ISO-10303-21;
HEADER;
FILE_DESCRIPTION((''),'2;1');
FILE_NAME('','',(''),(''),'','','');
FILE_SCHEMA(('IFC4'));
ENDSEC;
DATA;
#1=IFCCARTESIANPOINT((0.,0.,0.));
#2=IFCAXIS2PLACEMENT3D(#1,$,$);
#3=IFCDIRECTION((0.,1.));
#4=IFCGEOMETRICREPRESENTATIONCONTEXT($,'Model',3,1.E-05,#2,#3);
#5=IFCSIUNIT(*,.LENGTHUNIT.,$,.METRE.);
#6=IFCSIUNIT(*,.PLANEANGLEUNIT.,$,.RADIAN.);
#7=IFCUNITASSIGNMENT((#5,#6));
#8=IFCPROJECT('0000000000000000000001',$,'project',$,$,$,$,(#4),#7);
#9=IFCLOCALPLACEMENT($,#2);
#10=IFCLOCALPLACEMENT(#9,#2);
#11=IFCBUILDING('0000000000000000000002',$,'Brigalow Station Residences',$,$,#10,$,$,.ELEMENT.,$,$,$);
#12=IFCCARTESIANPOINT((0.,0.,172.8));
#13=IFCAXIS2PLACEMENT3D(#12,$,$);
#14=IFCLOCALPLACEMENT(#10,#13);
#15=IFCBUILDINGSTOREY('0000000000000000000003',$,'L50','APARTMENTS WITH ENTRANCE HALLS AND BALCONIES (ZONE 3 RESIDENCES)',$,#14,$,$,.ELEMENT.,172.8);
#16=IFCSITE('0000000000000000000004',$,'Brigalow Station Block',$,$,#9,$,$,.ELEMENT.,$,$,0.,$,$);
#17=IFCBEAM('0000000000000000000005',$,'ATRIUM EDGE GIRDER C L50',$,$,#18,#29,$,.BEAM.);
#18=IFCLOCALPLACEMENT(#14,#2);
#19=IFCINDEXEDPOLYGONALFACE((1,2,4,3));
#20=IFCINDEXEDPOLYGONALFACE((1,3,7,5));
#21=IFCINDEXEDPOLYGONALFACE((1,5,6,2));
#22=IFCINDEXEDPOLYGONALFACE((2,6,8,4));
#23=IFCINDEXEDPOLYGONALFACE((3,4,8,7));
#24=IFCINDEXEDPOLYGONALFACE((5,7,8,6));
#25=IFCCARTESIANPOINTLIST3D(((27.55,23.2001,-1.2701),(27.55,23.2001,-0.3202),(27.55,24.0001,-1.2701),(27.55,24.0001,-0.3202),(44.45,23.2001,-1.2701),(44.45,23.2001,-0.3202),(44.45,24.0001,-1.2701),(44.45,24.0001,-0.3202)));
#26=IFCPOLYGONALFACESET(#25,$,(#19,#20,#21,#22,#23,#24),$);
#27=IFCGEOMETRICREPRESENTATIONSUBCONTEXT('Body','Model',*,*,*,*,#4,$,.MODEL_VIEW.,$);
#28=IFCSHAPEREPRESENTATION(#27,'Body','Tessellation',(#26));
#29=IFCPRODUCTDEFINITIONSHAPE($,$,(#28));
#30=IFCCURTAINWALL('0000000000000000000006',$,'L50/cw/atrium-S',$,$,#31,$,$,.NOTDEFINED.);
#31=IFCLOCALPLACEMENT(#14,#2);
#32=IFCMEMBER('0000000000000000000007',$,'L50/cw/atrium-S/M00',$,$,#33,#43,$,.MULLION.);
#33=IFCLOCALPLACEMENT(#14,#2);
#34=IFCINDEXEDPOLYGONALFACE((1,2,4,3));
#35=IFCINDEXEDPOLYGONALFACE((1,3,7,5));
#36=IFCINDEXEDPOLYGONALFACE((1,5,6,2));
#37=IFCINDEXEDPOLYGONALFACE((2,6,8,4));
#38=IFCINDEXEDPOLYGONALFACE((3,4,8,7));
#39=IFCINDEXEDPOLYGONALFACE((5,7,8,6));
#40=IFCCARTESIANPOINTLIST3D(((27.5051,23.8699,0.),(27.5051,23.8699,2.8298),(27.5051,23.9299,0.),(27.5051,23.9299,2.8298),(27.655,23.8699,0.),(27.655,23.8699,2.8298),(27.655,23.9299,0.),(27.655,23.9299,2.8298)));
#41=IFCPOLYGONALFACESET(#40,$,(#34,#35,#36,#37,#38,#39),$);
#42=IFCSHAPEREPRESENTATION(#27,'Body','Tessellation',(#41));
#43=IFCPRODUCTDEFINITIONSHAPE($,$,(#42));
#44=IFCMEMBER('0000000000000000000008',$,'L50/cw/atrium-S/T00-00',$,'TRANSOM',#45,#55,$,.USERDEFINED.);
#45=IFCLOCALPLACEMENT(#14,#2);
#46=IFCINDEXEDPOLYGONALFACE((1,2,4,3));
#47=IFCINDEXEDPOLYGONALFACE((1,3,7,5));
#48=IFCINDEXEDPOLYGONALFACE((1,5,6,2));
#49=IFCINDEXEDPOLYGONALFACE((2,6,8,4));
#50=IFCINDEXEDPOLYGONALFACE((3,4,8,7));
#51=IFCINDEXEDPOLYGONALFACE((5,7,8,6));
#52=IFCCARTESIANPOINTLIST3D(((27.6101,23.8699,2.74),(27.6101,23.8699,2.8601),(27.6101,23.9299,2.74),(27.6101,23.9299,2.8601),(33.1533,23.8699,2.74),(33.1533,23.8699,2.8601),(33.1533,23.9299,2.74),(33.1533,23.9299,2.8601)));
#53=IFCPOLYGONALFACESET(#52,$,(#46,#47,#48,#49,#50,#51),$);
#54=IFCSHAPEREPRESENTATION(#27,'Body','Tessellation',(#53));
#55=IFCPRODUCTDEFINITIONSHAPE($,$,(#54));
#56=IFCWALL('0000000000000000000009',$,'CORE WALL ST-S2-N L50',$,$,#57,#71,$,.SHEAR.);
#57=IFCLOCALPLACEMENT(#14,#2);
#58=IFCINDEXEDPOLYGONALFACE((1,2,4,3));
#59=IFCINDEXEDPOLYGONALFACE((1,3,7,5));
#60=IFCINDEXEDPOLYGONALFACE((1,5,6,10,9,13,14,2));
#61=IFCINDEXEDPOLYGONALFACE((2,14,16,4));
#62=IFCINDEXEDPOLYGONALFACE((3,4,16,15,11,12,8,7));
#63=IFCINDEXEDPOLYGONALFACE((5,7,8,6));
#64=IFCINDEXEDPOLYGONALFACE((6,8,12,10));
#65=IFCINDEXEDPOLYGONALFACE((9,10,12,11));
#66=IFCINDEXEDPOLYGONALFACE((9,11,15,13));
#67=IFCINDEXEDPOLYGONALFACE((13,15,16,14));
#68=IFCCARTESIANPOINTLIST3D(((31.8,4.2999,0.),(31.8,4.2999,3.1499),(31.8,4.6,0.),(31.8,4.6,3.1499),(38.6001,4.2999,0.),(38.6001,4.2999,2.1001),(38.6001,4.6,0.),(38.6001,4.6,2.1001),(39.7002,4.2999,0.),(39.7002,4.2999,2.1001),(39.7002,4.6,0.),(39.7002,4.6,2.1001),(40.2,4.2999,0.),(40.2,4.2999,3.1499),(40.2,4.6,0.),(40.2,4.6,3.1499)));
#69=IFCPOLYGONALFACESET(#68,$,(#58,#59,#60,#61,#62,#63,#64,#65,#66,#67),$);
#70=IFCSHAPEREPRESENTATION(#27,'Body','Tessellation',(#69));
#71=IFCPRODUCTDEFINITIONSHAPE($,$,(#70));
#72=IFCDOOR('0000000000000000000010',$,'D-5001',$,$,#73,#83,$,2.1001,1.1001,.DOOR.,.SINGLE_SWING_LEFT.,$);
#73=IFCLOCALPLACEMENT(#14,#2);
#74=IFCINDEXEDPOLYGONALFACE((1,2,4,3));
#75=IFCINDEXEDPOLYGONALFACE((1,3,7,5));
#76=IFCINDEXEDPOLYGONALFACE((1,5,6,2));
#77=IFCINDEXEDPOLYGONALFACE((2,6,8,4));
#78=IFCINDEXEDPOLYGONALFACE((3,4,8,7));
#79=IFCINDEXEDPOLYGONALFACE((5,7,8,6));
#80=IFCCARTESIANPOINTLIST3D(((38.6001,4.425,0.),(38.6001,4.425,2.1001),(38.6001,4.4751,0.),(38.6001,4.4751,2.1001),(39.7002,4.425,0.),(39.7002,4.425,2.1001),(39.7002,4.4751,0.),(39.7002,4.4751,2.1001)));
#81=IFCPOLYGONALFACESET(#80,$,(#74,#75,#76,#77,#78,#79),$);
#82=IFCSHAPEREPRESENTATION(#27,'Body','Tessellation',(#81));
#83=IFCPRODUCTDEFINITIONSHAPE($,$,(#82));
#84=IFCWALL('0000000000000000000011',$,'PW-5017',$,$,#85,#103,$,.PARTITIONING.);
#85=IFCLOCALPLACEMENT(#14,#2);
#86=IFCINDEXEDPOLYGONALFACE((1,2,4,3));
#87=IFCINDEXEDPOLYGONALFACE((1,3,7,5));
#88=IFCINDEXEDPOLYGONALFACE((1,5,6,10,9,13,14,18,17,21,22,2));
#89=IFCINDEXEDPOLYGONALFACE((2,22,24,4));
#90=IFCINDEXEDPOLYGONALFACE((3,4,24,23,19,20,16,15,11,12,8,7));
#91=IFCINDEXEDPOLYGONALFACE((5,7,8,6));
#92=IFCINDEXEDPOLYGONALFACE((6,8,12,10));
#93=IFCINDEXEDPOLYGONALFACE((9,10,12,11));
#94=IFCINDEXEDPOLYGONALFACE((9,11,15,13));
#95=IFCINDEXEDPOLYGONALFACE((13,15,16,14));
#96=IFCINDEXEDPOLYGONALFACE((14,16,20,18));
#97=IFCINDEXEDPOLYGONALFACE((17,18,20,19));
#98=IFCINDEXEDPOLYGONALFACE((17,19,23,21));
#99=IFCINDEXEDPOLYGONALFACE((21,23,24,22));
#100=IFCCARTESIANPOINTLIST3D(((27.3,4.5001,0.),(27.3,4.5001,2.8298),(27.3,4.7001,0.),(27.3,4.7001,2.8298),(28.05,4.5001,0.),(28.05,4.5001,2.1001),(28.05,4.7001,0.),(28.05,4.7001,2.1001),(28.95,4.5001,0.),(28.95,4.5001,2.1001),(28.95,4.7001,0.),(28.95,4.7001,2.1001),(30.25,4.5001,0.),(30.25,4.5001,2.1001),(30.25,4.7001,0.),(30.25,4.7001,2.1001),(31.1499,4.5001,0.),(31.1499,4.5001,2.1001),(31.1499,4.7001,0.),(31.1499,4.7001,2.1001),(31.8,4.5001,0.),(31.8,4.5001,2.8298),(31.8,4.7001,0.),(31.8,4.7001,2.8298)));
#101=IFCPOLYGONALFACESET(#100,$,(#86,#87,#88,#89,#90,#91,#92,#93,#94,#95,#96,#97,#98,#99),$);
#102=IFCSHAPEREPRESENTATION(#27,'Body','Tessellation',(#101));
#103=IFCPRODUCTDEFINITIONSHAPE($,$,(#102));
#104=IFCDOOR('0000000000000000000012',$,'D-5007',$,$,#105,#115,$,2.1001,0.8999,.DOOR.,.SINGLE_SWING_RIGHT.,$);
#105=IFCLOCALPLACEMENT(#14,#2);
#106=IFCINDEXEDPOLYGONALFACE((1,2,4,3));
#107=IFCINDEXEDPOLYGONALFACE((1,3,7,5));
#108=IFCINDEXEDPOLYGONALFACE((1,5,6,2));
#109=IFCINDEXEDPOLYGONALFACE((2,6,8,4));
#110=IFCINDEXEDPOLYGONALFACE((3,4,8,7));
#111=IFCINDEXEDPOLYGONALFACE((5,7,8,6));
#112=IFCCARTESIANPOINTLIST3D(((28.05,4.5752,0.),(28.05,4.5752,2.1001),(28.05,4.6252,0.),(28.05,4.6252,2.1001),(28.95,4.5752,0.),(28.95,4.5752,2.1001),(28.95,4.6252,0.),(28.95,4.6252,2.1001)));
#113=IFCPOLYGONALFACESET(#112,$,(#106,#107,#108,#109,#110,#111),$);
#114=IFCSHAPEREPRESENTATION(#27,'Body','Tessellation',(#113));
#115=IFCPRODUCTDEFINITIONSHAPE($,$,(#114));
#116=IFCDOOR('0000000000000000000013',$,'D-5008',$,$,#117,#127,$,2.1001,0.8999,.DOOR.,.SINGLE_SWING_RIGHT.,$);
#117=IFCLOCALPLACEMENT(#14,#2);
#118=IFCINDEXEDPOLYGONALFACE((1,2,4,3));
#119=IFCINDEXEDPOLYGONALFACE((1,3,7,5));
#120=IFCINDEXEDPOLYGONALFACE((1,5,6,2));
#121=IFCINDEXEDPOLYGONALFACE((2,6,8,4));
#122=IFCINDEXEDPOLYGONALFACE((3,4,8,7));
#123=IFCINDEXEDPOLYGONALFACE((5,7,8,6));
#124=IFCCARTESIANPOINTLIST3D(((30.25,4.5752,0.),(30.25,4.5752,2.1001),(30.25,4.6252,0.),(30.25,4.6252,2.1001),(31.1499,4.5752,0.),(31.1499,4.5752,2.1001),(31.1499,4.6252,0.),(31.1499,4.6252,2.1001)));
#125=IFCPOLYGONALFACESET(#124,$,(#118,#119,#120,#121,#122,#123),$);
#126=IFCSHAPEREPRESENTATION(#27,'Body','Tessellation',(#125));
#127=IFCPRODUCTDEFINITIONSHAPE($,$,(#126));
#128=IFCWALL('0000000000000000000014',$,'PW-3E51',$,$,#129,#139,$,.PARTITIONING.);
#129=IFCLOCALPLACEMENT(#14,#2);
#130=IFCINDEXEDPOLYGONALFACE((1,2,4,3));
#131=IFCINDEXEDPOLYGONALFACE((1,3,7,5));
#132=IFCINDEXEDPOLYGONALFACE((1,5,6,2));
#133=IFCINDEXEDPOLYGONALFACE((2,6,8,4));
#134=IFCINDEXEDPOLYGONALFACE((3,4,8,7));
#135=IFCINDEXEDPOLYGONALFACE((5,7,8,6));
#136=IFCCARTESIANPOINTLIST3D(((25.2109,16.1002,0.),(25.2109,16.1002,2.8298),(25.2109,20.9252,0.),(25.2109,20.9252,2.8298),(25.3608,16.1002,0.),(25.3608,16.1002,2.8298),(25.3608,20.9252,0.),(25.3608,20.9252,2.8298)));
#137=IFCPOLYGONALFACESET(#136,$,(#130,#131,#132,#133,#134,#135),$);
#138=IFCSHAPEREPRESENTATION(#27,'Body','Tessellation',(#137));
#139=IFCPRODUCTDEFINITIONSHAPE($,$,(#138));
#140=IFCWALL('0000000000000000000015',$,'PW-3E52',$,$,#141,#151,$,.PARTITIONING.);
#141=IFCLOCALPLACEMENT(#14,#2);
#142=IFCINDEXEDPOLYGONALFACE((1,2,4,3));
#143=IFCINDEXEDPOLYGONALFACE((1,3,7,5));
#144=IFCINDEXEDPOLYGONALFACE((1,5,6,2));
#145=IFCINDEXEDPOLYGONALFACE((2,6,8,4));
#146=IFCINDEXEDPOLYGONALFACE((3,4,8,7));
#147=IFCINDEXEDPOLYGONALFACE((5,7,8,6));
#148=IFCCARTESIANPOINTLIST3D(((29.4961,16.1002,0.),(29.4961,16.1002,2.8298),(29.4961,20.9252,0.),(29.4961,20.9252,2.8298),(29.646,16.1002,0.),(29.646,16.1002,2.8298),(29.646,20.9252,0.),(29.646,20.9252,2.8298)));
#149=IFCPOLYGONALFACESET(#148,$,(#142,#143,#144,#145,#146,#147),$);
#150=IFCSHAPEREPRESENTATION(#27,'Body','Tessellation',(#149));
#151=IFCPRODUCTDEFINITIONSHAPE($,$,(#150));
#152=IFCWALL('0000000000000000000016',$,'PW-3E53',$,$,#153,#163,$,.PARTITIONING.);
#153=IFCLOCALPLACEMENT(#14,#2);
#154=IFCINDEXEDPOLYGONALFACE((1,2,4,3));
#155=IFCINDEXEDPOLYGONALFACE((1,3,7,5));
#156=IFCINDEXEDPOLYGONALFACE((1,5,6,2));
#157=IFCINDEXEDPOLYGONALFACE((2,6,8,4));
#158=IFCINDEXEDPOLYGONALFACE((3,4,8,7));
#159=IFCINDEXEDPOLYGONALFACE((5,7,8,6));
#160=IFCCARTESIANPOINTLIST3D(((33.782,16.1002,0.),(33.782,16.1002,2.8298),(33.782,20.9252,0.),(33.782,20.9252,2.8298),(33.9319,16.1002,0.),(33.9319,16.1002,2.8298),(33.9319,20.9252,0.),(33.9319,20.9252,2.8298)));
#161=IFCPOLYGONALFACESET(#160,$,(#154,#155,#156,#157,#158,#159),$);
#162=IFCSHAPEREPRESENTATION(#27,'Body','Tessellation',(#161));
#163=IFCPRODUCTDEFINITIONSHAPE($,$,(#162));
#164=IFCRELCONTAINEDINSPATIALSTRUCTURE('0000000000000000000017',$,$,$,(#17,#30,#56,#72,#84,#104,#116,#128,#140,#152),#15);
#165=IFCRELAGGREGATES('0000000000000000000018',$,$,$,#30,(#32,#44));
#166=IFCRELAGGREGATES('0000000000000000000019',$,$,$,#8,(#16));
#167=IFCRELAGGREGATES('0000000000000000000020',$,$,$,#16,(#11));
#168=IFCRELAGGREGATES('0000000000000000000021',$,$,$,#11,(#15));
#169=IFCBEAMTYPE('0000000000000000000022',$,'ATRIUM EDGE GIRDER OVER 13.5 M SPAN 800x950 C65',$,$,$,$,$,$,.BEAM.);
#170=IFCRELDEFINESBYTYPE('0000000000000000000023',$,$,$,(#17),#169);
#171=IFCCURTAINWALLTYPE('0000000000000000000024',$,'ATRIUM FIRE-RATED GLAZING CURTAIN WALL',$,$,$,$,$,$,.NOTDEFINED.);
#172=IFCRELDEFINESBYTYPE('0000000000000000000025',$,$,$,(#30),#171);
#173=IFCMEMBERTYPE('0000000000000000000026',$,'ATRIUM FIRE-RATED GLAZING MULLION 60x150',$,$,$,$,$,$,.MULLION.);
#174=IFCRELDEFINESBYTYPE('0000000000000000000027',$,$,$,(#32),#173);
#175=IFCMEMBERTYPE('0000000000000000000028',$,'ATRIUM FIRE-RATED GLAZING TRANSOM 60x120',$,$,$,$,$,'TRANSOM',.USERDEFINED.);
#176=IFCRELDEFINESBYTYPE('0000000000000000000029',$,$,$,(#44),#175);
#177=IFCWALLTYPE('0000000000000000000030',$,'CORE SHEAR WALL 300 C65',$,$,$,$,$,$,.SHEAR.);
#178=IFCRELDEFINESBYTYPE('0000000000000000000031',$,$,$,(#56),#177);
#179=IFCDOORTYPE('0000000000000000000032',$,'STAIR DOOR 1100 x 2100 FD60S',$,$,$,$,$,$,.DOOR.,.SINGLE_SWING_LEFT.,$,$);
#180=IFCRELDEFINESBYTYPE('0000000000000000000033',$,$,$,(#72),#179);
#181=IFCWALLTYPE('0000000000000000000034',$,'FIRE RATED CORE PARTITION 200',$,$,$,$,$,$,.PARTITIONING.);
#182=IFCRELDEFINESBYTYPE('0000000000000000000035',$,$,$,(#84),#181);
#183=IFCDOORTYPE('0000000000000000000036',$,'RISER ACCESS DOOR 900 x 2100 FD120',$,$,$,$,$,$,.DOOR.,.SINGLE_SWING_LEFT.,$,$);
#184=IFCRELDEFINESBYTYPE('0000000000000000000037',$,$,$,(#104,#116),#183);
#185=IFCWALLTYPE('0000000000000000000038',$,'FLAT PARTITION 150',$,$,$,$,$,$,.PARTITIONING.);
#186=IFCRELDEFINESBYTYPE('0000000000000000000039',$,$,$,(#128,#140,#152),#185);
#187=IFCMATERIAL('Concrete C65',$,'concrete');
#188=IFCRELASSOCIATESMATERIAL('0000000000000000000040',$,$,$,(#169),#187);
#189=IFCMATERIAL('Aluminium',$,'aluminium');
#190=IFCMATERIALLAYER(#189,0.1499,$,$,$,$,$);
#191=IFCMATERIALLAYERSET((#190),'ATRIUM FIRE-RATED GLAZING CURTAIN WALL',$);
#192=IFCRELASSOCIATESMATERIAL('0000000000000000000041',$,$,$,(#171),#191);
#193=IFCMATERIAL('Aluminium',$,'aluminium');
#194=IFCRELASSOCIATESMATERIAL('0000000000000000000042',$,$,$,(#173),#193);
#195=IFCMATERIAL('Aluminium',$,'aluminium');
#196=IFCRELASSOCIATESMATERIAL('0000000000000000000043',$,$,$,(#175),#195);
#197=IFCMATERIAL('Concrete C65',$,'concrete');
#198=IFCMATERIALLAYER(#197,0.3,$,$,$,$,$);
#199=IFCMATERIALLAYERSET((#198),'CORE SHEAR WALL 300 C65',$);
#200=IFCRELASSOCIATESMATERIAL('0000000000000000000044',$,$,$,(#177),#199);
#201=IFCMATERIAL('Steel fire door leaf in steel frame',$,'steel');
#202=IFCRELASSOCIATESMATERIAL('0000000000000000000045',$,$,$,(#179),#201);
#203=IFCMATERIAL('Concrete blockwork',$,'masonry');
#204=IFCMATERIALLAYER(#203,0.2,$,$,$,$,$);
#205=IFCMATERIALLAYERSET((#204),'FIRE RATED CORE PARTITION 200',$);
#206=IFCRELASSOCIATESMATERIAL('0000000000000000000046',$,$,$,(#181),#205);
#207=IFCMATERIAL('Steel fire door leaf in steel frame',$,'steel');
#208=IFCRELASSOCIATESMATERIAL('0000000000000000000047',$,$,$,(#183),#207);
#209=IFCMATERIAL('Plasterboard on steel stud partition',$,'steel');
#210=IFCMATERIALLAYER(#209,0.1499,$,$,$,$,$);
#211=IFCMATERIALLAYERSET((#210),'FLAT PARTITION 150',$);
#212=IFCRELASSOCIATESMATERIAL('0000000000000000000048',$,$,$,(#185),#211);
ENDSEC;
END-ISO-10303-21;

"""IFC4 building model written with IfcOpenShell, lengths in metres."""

from ifc_helpers import new_model, si_unit, direction, frame, frame_2d, origin, origin_2d, place, context, subcontext, project, spatial, rectangle, extrude, material, layer, layer_set, material_profile, profile_set, type_object, element, fill, aggregate, save


model = new_model("IFC4")

# Units and contexts
model_context = context("Model", 3, precision=1e-05, world=origin(), true_north=direction((0.0, 1.0)))
body_context = subcontext(model_context, "Body", "Model", "MODEL_VIEW")
ifc_project = project(units=[si_unit("LENGTHUNIT", "METRE"), si_unit("PLANEANGLEUNIT", "RADIAN")], contexts=[model_context])

# Site, building, storey
site_placement = place(None, origin())
site = spatial("IfcSite", under=ifc_project, at=site_placement, Name="Brigalow Station Block", CompositionType="ELEMENT", RefElevation=0.0)
building_placement = place(site_placement, origin())
building = spatial("IfcBuilding", under=site, at=building_placement, Name="Brigalow Station Residences", CompositionType="ELEMENT")
storey_placement = place(building_placement, frame((0.0, 0.0, 172.8)))
storey = spatial("IfcBuildingStorey", under=building, at=storey_placement, Name="L50", Description="APARTMENTS WITH ENTRANCE HALLS AND BALCONIES (ZONE 3 RESIDENCES)", CompositionType="ELEMENT", Elevation=172.8)

# Beam
ifc_material_1 = material(Name="Concrete C65", Category="concrete")
ifc_material_profile_1 = material_profile(ifc_material_1, rectangle(XDim=0.8, YDim=0.95, at=origin_2d()), Name="RC800x950")
ifc_profile_set_1 = profile_set([ifc_material_profile_1], Name="Concrete C65")
beam_type = type_object("IfcBeamType", Name="ATRIUM EDGE GIRDER OVER 13.5 M SPAN 800x950 C65", PredefinedType="BEAM", material=ifc_profile_set_1)
beam_placement = place(storey_placement, frame((27.55, 23.6001, -0.7952), z_axis=(1.0, 0.0, 0.0), x_axis=(0.0, 1.0, 0.0)))
element("IfcBeam", 1, at=beam_placement, inside=storey, type_object=beam_type, Name="ATRIUM EDGE GIRDER C L50", PredefinedType="BEAM", context=body_context, shape_type="SweptSolid", body=[
    extrude(rectangle(XDim=0.8, YDim=0.95, at=origin_2d()), origin(), (0.0, 0.0, 1.0), 16.8999),
])

# Curtain wall, members
ifc_material_2 = material(Name="Aluminium", Category="aluminium")
ifc_layer_1 = layer(ifc_material_2, 0.1499)
ifc_layer_set_1 = layer_set([ifc_layer_1], Name="ATRIUM FIRE-RATED GLAZING CURTAIN WALL")
curtain_wall_type = type_object("IfcCurtainWallType", Name="ATRIUM FIRE-RATED GLAZING CURTAIN WALL", PredefinedType="NOTDEFINED", material=ifc_layer_set_1)
curtain_wall_placement = place(storey_placement, origin())
curtain_wall = element("IfcCurtainWall", 2, at=curtain_wall_placement, inside=storey, type_object=curtain_wall_type, Name="L50/cw/atrium-S", PredefinedType="NOTDEFINED")
ifc_material_3 = material(Name="Aluminium", Category="aluminium")
ifc_material_profile_2 = material_profile(ifc_material_3, rectangle(XDim=0.0601, YDim=0.1499, at=origin_2d()), Name="ATRIUM FIRE-RATED GLAZING MULLION 60x150")
ifc_profile_set_2 = profile_set([ifc_material_profile_2], Name="Aluminium")
member_type_1 = type_object("IfcMemberType", Name="ATRIUM FIRE-RATED GLAZING MULLION 60x150", PredefinedType="MULLION", material=ifc_profile_set_2)
member_1_placement = place(storey_placement, frame((27.5801, 23.8999, 0.0), z_axis=(0.0, 0.0, 1.0), x_axis=(0.0, 1.0, 0.0)))
member_1 = element("IfcMember", 3, at=member_1_placement, type_object=member_type_1, Name="L50/cw/atrium-S/M00", PredefinedType="MULLION", context=body_context, shape_type="SweptSolid", body=[
    extrude(rectangle(XDim=0.0601, YDim=0.1499, at=origin_2d()), origin(), (0.0, 0.0, 1.0), 2.8298),
])
ifc_material_4 = material(Name="Aluminium", Category="aluminium")
ifc_material_profile_3 = material_profile(ifc_material_4, rectangle(XDim=0.0601, YDim=0.1201, at=origin_2d()), Name="ATRIUM FIRE-RATED GLAZING TRANSOM 60x120")
ifc_profile_set_3 = profile_set([ifc_material_profile_3], Name="Aluminium")
member_type_2 = type_object("IfcMemberType", Name="ATRIUM FIRE-RATED GLAZING TRANSOM 60x120", ElementType="TRANSOM", PredefinedType="USERDEFINED", material=ifc_profile_set_3)
member_2_placement = place(storey_placement, frame((27.6101, 23.8999, 2.8), z_axis=(1.0, 0.0, 0.0), x_axis=(0.0, 1.0, 0.0)))
member_2 = element("IfcMember", 4, at=member_2_placement, type_object=member_type_2, Name="L50/cw/atrium-S/T00-00", ObjectType="TRANSOM", PredefinedType="USERDEFINED", context=body_context, shape_type="SweptSolid", body=[
    extrude(rectangle(XDim=0.0601, YDim=0.1201, at=origin_2d()), origin(), (0.0, 0.0, 1.0), 5.5432),
])
aggregate(curtain_wall, [member_1, member_2])

# Wall, opening, door
ifc_material_5 = material(Name="Concrete C65", Category="concrete")
ifc_layer_2 = layer(ifc_material_5, 0.3)
ifc_layer_set_2 = layer_set([ifc_layer_2], Name="CORE SHEAR WALL 300 C65")
wall_type_1 = type_object("IfcWallType", Name="CORE SHEAR WALL 300 C65", PredefinedType="SHEAR", material=ifc_layer_set_2)
wall_1_placement = place(storey_placement, frame((31.8, 4.45, 0.0), z_axis=(0.0, 0.0, 1.0), x_axis=(1.0, 0.0, 0.0)))
wall_1 = element("IfcWall", 5, at=wall_1_placement, inside=storey, type_object=wall_type_1, Name="CORE WALL ST-S2-N L50", PredefinedType="SHEAR", context=body_context, shape_type="SweptSolid", body=[
    extrude(rectangle(XDim=8.3999, YDim=0.3, at=frame_2d((4.2, 0.0))), origin(), (0.0, 0.0, 1.0), 3.1499),
])
opening_1_placement = place(wall_1_placement, frame((6.8, 0.0, 0.0)))
opening_1 = element("IfcOpeningElement", 6, at=opening_1_placement, cuts=wall_1, PredefinedType="OPENING", context=body_context, shape_type="SweptSolid", body=[
    extrude(rectangle(XDim=1.1001, YDim=2.1001, at=frame_2d((0.55, 1.05))), frame((0.0, 0.1602, 0.0), z_axis=(0.0, -1.0, 0.0), x_axis=(1.0, 0.0, 0.0)), (0.0, 0.0, 1.0), 0.3201),
])
ifc_material_6 = material(Name="Steel fire door leaf in steel frame", Category="steel")
door_type_1 = type_object("IfcDoorType", Name="STAIR DOOR 1100 x 2100 FD60S", OperationType="SINGLE_SWING_LEFT", PredefinedType="DOOR", material=ifc_material_6)
door_1_placement = place(opening_1_placement, frame((1.1001, 0.0, 0.0), z_axis=(0.0, 0.0, 1.0), x_axis=(-1.0, 0.0, 0.0)))
door_1 = element("IfcDoor", 7, at=door_1_placement, inside=storey, type_object=door_type_1, Name="D-5001", OperationType="SINGLE_SWING_LEFT", OverallHeight=2.1001, OverallWidth=1.1001, PredefinedType="DOOR", context=body_context, shape_type="SweptSolid", body=[
    extrude(rectangle(XDim=1.1001, YDim=2.1001, at=frame_2d((0.55, 1.05))), frame((0.0, 0.0249, 0.0), z_axis=(0.0, -1.0, 0.0), x_axis=(1.0, 0.0, 0.0)), (0.0, 0.0, 1.0), 0.05),
])
fill(opening_1, door_1)

# Wall, openings, doors
ifc_material_7 = material(Name="Concrete blockwork", Category="masonry")
ifc_layer_3 = layer(ifc_material_7, 0.2)
ifc_layer_set_3 = layer_set([ifc_layer_3], Name="FIRE RATED CORE PARTITION 200")
wall_type_2 = type_object("IfcWallType", Name="FIRE RATED CORE PARTITION 200", PredefinedType="PARTITIONING", material=ifc_layer_set_3)
wall_2_placement = place(storey_placement, frame((27.3, 4.6001, 0.0), z_axis=(0.0, 0.0, 1.0), x_axis=(1.0, 0.0, 0.0)))
wall_2 = element("IfcWall", 8, at=wall_2_placement, inside=storey, type_object=wall_type_2, Name="PW-5017", PredefinedType="PARTITIONING", context=body_context, shape_type="SweptSolid", body=[
    extrude(rectangle(XDim=4.5, YDim=0.2, at=frame_2d((2.25, 0.0))), origin(), (0.0, 0.0, 1.0), 2.8298),
])
opening_2_placement = place(wall_2_placement, frame((0.75, 0.0, 0.0)))
opening_2 = element("IfcOpeningElement", 9, at=opening_2_placement, cuts=wall_2, PredefinedType="OPENING", context=body_context, shape_type="SweptSolid", body=[
    extrude(rectangle(XDim=0.8999, YDim=2.1001, at=frame_2d((0.45, 1.05))), frame((0.0, 0.1099, 0.0), z_axis=(0.0, -1.0, 0.0), x_axis=(1.0, 0.0, 0.0)), (0.0, 0.0, 1.0), 0.22),
])
opening_3_placement = place(wall_2_placement, frame((2.95, 0.0, 0.0)))
opening_3 = element("IfcOpeningElement", 10, at=opening_3_placement, cuts=wall_2, PredefinedType="OPENING", context=body_context, shape_type="SweptSolid", body=[
    extrude(rectangle(XDim=0.8999, YDim=2.1001, at=frame_2d((0.45, 1.05))), frame((0.0, 0.1099, 0.0), z_axis=(0.0, -1.0, 0.0), x_axis=(1.0, 0.0, 0.0)), (0.0, 0.0, 1.0), 0.22),
])
ifc_material_8 = material(Name="Steel fire door leaf in steel frame", Category="steel")
door_type_2 = type_object("IfcDoorType", Name="RISER ACCESS DOOR 900 x 2100 FD120", OperationType="SINGLE_SWING_LEFT", PredefinedType="DOOR", material=ifc_material_8)
door_2_placement = place(opening_2_placement, frame((0.8999, 0.0, 0.0), z_axis=(0.0, 0.0, 1.0), x_axis=(-1.0, 0.0, 0.0)))
door_2 = element("IfcDoor", 11, at=door_2_placement, inside=storey, type_object=door_type_2, Name="D-5007", OperationType="SINGLE_SWING_RIGHT", OverallHeight=2.1001, OverallWidth=0.8999, PredefinedType="DOOR", context=body_context, shape_type="SweptSolid", body=[
    extrude(rectangle(XDim=0.8999, YDim=2.1001, at=frame_2d((0.45, 1.05))), frame((0.0, 0.0249, 0.0), z_axis=(0.0, -1.0, 0.0), x_axis=(1.0, 0.0, 0.0)), (0.0, 0.0, 1.0), 0.05),
])
fill(opening_2, door_2)
door_3_placement = place(opening_3_placement, frame((0.8999, 0.0, 0.0), z_axis=(0.0, 0.0, 1.0), x_axis=(-1.0, 0.0, 0.0)))
door_3 = element("IfcDoor", 12, at=door_3_placement, inside=storey, type_object=door_type_2, Name="D-5008", OperationType="SINGLE_SWING_RIGHT", OverallHeight=2.1001, OverallWidth=0.8999, PredefinedType="DOOR", context=body_context, shape_type="SweptSolid", body=[
    extrude(rectangle(XDim=0.8999, YDim=2.1001, at=frame_2d((0.45, 1.05))), frame((0.0, 0.0249, 0.0), z_axis=(0.0, -1.0, 0.0), x_axis=(1.0, 0.0, 0.0)), (0.0, 0.0, 1.0), 0.05),
])
fill(opening_3, door_3)

# Walls
ifc_material_9 = material(Name="Plasterboard on steel stud partition", Category="steel")
ifc_layer_4 = layer(ifc_material_9, 0.1499)
ifc_layer_set_4 = layer_set([ifc_layer_4], Name="FLAT PARTITION 150")
wall_type_3 = type_object("IfcWallType", Name="FLAT PARTITION 150", PredefinedType="PARTITIONING", material=ifc_layer_set_4)
for number, where, z_axis, x_axis, name in (
    (13, (25.2859, 16.1001, 0.0), (0.0, 0.0, 1.0), (0.0, 1.0, 0.0), "PW-3E51"),
    (14, (29.571, 16.1001, 0.0), (0.0, 0.0, 1.0), (0.0, 1.0, 0.0), "PW-3E52"),
    (15, (33.8569, 16.1001, 0.0), (0.0, 0.0, 1.0), (0.0, 1.0, 0.0), "PW-3E53"),
):
    element("IfcWall", number, at=place(storey_placement, frame(where, z_axis=z_axis, x_axis=x_axis)), inside=storey, type_object=wall_type_3, Name=name, PredefinedType="PARTITIONING", context=body_context, shape_type="SweptSolid", body=[
        extrude(rectangle(XDim=4.825, YDim=0.1499, at=frame_2d((2.4126, 0.0))), origin(), (0.0, 0.0, 1.0), 2.8298),
    ])

save(model, "model.ifc")
